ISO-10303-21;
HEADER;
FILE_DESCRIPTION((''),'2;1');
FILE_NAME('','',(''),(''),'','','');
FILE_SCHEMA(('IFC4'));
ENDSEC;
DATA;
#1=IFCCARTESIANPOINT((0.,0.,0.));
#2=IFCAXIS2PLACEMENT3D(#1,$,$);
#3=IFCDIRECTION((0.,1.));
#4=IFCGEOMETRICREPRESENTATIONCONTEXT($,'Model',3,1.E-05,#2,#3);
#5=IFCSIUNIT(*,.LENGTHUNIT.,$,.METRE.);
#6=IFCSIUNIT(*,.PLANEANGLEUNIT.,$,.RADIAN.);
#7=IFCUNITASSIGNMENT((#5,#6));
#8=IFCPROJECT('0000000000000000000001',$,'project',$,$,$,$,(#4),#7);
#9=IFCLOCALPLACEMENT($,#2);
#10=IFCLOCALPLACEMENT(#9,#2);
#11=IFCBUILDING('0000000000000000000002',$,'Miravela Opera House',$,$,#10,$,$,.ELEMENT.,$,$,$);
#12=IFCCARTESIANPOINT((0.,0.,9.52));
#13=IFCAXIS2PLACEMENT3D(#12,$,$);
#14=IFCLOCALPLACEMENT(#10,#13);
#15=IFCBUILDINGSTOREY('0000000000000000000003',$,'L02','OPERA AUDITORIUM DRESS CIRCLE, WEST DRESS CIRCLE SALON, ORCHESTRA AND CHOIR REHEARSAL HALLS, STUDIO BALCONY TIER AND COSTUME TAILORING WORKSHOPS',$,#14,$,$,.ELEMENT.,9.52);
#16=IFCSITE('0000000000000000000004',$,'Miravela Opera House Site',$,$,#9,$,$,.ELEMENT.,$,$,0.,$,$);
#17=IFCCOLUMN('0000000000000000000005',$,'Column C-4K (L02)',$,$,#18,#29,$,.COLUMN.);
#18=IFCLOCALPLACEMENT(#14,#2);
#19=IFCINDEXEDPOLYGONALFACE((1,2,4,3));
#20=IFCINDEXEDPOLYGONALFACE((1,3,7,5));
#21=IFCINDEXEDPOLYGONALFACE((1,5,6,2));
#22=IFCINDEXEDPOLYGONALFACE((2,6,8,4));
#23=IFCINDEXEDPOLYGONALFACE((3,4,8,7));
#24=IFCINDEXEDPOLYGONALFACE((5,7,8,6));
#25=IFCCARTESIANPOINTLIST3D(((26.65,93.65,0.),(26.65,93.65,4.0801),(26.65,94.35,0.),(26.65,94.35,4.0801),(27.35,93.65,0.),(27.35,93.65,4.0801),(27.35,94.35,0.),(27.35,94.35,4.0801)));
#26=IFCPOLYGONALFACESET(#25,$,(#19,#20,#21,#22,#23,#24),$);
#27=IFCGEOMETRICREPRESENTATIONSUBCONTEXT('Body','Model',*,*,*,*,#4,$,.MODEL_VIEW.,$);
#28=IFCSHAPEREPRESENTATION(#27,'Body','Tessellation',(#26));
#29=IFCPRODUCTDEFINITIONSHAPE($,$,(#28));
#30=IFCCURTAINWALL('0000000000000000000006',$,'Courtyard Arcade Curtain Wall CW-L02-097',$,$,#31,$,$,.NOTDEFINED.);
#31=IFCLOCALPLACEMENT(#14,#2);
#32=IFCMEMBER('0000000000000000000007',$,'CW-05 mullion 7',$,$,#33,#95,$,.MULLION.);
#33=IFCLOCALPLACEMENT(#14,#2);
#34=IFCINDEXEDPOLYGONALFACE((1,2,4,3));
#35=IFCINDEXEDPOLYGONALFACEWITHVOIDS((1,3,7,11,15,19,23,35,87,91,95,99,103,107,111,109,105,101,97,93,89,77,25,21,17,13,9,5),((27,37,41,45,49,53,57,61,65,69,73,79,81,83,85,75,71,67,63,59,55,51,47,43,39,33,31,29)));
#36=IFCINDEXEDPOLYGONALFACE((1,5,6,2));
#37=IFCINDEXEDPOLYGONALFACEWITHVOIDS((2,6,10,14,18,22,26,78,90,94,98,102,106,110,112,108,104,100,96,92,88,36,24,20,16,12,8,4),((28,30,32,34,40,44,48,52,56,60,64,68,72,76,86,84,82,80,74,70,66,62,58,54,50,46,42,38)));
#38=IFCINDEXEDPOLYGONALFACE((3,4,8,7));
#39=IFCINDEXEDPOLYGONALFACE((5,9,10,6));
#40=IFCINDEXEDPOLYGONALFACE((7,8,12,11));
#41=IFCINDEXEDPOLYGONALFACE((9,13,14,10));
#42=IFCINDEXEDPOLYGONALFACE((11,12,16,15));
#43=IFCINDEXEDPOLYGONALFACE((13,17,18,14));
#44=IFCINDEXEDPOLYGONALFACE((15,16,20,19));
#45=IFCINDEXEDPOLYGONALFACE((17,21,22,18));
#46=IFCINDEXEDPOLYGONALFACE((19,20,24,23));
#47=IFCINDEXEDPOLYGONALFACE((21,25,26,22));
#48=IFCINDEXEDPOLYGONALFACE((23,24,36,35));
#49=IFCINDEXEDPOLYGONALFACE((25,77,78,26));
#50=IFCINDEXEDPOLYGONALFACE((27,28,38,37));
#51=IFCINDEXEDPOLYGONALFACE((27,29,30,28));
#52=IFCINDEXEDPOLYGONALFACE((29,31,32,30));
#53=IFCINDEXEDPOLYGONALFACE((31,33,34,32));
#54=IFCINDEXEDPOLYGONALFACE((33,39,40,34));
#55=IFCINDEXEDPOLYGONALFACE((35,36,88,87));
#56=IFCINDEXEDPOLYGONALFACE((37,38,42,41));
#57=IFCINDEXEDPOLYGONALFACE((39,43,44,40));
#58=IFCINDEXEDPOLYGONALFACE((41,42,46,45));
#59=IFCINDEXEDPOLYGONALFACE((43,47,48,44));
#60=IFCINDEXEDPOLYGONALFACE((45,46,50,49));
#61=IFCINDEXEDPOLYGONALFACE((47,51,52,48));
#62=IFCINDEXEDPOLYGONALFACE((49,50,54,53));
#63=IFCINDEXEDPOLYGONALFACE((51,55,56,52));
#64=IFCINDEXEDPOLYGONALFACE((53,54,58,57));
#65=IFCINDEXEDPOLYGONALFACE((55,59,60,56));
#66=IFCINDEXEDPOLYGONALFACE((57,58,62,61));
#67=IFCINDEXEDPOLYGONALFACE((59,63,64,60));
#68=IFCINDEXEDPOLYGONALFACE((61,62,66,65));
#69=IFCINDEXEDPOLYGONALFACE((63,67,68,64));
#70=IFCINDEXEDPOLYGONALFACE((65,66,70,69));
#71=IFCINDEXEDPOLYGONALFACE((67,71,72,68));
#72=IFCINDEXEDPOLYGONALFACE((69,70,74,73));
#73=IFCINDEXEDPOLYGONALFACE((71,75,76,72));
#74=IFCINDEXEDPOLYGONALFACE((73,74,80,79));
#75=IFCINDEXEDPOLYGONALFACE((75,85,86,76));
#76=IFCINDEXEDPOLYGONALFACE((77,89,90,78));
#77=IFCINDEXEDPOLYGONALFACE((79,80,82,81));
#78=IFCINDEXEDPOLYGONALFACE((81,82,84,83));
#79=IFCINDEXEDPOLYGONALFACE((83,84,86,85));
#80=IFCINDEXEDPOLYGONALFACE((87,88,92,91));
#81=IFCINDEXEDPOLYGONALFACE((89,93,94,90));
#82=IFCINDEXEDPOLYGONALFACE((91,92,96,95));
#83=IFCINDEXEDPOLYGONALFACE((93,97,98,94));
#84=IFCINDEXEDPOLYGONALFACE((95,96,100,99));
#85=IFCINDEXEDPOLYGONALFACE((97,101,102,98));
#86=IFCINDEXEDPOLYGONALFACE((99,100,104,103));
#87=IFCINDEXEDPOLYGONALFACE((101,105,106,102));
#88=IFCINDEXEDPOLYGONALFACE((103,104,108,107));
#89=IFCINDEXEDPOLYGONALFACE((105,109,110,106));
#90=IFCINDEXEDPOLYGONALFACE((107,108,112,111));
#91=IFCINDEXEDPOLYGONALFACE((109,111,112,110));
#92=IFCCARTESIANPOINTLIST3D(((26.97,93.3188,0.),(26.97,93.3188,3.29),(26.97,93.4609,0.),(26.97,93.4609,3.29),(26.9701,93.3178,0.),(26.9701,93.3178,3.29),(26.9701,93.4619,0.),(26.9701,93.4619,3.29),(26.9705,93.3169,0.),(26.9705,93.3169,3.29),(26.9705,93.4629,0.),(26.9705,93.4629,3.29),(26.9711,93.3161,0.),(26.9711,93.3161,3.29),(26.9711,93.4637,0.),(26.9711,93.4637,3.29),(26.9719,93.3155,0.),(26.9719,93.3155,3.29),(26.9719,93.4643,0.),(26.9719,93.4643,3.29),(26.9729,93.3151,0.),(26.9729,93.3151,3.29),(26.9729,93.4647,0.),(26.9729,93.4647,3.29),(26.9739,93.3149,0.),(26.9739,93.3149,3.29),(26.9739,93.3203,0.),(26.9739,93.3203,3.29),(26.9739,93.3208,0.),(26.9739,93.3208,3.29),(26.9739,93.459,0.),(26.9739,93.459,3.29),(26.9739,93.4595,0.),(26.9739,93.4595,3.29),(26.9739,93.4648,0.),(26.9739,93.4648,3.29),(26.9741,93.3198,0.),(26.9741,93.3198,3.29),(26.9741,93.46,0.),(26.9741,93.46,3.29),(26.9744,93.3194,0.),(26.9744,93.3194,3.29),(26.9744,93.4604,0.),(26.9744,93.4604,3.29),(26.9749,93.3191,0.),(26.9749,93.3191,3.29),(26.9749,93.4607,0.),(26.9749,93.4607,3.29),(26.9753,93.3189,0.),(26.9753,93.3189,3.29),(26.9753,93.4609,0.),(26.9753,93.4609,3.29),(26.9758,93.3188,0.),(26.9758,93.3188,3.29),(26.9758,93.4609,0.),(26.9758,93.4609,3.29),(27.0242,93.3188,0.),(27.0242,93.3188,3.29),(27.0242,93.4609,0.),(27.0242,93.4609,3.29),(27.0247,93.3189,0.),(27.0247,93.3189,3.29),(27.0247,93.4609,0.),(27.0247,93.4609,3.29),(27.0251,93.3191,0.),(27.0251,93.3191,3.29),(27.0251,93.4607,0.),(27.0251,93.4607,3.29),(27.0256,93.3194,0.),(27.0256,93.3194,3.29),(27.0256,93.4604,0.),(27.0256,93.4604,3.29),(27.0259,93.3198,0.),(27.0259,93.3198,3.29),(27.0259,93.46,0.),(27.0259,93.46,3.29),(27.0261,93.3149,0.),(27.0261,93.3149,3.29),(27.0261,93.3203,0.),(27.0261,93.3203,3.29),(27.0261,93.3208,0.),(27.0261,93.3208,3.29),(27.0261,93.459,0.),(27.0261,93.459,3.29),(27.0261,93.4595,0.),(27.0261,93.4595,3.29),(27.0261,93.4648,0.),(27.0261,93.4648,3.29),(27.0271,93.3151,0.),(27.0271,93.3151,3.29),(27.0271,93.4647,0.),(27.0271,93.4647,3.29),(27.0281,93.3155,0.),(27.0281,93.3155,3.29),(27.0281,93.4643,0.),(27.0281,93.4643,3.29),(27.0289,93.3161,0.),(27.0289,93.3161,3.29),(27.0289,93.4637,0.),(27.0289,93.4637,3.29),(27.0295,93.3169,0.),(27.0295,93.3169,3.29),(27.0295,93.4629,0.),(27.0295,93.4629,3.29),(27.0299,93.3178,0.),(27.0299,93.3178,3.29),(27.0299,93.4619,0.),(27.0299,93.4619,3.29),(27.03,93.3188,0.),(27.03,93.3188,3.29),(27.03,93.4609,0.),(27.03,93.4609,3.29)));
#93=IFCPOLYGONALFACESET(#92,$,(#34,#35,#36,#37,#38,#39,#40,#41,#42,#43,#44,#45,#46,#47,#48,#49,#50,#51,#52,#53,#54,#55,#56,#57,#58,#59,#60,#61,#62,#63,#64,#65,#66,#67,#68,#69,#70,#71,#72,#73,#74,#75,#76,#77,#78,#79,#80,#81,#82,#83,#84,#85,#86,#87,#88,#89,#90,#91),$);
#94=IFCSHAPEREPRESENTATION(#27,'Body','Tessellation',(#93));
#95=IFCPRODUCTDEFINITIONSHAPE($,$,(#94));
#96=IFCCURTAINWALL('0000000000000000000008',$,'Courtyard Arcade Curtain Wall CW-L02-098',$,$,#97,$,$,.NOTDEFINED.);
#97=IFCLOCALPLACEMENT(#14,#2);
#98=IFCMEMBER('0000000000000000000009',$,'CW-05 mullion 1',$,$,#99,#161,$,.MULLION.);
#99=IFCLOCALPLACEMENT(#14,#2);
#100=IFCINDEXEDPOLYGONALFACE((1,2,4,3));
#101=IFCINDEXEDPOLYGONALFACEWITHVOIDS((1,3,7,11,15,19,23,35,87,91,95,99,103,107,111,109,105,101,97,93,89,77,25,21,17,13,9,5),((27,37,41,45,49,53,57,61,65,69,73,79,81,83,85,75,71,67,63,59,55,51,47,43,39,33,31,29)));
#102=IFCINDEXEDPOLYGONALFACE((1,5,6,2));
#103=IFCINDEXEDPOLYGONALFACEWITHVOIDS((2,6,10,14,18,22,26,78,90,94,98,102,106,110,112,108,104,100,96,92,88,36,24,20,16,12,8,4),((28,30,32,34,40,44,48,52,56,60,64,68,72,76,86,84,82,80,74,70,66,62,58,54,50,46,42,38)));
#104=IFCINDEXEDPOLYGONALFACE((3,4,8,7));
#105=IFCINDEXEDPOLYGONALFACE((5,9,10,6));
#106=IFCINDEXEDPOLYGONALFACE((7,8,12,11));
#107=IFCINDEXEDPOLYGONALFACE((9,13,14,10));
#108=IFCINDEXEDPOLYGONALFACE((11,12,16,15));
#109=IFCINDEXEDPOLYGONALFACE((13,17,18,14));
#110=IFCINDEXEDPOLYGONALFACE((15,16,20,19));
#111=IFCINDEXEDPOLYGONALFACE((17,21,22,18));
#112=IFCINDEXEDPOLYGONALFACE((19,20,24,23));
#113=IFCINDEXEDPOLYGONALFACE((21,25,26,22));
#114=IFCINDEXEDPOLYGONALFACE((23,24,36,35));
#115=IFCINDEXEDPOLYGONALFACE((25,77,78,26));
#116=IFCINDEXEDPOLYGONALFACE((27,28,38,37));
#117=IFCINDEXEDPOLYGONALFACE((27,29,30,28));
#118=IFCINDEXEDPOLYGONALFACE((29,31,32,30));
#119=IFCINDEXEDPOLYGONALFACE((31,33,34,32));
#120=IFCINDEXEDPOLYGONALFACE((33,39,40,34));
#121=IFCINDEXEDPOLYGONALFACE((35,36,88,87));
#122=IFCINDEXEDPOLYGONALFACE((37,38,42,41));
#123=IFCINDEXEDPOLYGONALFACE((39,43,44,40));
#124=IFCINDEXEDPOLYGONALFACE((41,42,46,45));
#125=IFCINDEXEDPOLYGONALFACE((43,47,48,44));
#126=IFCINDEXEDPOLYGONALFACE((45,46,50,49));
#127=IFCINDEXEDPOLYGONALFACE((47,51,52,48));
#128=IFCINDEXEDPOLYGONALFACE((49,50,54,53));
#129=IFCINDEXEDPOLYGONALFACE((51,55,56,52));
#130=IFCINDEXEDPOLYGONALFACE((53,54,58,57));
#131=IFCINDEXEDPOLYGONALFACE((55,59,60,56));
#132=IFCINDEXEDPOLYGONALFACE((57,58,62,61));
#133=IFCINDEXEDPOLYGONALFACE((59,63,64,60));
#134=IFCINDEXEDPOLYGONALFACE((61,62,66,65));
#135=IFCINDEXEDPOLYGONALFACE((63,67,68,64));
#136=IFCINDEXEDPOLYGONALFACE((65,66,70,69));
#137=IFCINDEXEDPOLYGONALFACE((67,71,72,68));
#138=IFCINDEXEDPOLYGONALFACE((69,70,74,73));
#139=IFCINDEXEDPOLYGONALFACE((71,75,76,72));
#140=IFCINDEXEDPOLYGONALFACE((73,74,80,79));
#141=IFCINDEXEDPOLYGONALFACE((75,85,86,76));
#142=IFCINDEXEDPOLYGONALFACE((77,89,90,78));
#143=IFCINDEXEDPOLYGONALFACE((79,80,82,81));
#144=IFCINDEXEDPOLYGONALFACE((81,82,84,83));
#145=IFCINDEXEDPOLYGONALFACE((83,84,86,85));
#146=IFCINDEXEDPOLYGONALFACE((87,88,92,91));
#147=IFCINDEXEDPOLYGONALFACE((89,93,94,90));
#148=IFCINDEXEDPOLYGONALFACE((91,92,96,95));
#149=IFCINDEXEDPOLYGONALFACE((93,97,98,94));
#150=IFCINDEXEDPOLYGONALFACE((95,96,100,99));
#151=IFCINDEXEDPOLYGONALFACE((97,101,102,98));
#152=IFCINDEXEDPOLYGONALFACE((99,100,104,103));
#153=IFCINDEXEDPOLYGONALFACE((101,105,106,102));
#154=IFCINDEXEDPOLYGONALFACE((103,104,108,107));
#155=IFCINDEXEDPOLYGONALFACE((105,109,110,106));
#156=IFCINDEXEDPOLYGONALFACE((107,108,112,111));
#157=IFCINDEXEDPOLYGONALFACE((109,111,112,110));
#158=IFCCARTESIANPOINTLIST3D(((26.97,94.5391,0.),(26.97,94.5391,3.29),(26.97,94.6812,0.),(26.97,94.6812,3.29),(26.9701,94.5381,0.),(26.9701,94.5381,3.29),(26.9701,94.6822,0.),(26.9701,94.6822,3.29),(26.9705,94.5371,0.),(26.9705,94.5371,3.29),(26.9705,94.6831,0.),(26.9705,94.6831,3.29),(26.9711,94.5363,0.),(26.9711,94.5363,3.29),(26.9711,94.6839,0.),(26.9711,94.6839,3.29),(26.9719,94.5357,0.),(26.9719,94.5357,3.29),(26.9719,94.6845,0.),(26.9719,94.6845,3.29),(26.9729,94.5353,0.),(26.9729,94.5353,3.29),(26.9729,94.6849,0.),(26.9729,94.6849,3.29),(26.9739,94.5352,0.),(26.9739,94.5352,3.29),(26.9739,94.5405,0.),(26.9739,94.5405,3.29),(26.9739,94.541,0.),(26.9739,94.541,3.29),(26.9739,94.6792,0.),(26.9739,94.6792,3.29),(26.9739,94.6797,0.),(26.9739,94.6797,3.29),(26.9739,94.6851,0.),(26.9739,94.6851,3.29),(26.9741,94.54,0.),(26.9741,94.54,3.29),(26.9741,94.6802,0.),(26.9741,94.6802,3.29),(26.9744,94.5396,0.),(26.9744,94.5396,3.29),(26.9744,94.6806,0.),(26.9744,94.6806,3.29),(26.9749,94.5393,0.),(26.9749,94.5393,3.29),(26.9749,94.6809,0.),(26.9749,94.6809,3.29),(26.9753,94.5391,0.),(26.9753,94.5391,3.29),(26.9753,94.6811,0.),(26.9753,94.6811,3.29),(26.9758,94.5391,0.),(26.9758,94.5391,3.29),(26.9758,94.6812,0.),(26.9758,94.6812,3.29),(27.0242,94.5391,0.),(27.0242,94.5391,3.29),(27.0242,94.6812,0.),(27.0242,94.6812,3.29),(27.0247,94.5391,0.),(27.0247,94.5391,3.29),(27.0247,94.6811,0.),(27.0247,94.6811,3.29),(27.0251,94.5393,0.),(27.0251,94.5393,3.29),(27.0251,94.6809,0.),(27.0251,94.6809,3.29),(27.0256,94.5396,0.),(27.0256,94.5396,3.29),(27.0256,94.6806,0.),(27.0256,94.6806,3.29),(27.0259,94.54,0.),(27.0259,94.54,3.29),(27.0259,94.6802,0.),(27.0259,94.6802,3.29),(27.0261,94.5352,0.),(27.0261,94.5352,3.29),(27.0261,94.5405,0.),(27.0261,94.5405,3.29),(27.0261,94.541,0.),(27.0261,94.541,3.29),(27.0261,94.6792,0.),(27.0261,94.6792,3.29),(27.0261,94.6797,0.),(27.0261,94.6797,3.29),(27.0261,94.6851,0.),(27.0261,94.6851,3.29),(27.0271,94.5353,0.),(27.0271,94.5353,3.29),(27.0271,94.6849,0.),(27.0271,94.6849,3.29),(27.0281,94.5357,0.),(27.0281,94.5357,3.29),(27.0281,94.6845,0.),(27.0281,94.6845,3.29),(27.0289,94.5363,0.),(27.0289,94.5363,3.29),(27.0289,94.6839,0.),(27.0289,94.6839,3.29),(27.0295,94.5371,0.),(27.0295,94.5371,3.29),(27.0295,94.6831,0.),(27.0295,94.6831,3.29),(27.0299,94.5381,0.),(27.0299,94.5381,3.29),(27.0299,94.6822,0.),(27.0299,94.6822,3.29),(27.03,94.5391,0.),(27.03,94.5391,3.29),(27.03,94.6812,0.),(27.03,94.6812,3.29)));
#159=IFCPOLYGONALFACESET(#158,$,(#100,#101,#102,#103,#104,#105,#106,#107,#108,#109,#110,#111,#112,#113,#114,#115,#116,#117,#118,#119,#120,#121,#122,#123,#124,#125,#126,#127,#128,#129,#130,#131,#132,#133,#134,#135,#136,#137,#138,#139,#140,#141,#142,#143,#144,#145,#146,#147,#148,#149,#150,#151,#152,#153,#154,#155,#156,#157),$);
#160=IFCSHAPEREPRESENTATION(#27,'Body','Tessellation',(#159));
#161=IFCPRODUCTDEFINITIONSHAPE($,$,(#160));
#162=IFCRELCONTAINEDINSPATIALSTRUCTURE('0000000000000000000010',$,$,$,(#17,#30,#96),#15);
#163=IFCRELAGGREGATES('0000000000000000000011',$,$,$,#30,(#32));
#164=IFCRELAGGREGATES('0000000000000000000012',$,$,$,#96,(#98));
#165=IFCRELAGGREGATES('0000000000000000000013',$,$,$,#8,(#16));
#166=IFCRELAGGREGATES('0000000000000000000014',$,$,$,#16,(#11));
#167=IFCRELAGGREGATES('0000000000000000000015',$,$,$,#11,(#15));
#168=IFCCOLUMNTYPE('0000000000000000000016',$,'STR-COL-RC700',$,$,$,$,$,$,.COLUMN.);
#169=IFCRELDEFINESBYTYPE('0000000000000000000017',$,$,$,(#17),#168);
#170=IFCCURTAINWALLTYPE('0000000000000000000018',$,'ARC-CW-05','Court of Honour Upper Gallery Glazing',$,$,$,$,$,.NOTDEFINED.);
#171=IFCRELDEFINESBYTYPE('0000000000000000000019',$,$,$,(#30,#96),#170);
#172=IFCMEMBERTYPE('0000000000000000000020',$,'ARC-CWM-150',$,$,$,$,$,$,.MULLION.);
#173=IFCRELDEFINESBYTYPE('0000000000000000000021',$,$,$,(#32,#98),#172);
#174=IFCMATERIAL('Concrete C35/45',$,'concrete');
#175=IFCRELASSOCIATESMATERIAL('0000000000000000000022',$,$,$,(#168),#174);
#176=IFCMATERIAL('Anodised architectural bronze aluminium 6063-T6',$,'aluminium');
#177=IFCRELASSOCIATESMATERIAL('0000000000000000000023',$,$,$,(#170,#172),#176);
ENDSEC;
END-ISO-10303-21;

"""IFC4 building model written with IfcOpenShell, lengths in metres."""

from ifc_helpers import new_model, si_unit, direction, frame, origin, origin_2d, place, context, subcontext, project, spatial, rectangle, hollow_rectangle, extrude, material, material_profile, profile_set, type_object, element, aggregate, save


model = new_model("IFC4")

# Units and contexts
model_context = context("Model", 3, precision=1e-05, world=origin(), true_north=direction((0.0, 1.0)))
body_context = subcontext(model_context, "Body", "Model", "MODEL_VIEW")
ifc_project = project(units=[si_unit("LENGTHUNIT", "METRE"), si_unit("PLANEANGLEUNIT", "RADIAN")], contexts=[model_context])

# Site, building, storey
site_placement = place(None, origin())
site = spatial("IfcSite", under=ifc_project, at=site_placement, Name="Miravela Opera House Site", CompositionType="ELEMENT", RefElevation=0.0)
building_placement = place(site_placement, origin())
building = spatial("IfcBuilding", under=site, at=building_placement, Name="Miravela Opera House", CompositionType="ELEMENT")
storey_placement = place(building_placement, frame((0.0, 0.0, 9.52)))
storey = spatial("IfcBuildingStorey", under=building, at=storey_placement, Name="L02", Description="OPERA AUDITORIUM DRESS CIRCLE, WEST DRESS CIRCLE SALON, ORCHESTRA AND CHOIR REHEARSAL HALLS, STUDIO BALCONY TIER AND COSTUME TAILORING WORKSHOPS", CompositionType="ELEMENT", Elevation=9.52)

# Column
ifc_material_1 = material(Name="Concrete C35/45", Category="concrete")
ifc_material_profile_1 = material_profile(ifc_material_1, rectangle(XDim=0.7, YDim=0.7, at=origin_2d()), Name="RC-COL-700X700")
ifc_profile_set_1 = profile_set([ifc_material_profile_1])
column_type = type_object("IfcColumnType", Name="STR-COL-RC700", PredefinedType="COLUMN", material=ifc_profile_set_1)
column_placement = place(storey_placement, frame((27.0, 94.0, 0.0), z_axis=(0.0, 0.0, 1.0), x_axis=(1.0, 0.0, 0.0)))
element("IfcColumn", 1, at=column_placement, inside=storey, type_object=column_type, Name="Column C-4K (L02)", PredefinedType="COLUMN", context=body_context, shape_type="SweptSolid", body=[
    extrude(rectangle(XDim=0.7, YDim=0.7, at=origin_2d()), origin(), (0.0, 0.0, 1.0), 4.0801),
])

# Curtain walls, members
ifc_material_2 = material(Name="Anodised architectural bronze aluminium 6063-T6", Category="aluminium")
curtain_wall_type = type_object("IfcCurtainWallType", Name="ARC-CW-05", Description="Court of Honour Upper Gallery Glazing", PredefinedType="NOTDEFINED", material=ifc_material_2)
curtain_wall_1_placement = place(storey_placement, origin())
curtain_wall_1 = element("IfcCurtainWall", 2, at=curtain_wall_1_placement, inside=storey, type_object=curtain_wall_type, Name="Courtyard Arcade Curtain Wall CW-L02-097", PredefinedType="NOTDEFINED")
ifc_material_profile_2 = material_profile(ifc_material_2, hollow_rectangle(XDim=0.0601, YDim=0.1499, WallThickness=0.0039, InnerFilletRadius=0.002, OuterFilletRadius=0.0039, at=origin_2d()), Name="CWM-60X150")
ifc_profile_set_2 = profile_set([ifc_material_profile_2])
member_type_1 = type_object("IfcMemberType", Name="ARC-CWM-150", PredefinedType="MULLION", material=ifc_profile_set_2)
member_1_placement = place(storey_placement, frame((27.0, 93.3899, 0.0), z_axis=(0.0, 0.0, 1.0), x_axis=(-1.0, 0.0, 0.0)))
member_1 = element("IfcMember", 3, at=member_1_placement, type_object=member_type_1, Name="CW-05 mullion 7", PredefinedType="MULLION", context=body_context, shape_type="SweptSolid", body=[
    extrude(hollow_rectangle(XDim=0.0601, YDim=0.1499, WallThickness=0.0039, InnerFilletRadius=0.002, OuterFilletRadius=0.0039, at=origin_2d()), origin(), (0.0, 0.0, 1.0), 3.29),
])
curtain_wall_2_placement = place(storey_placement, origin())
curtain_wall_2 = element("IfcCurtainWall", 4, at=curtain_wall_2_placement, inside=storey, type_object=curtain_wall_type, Name="Courtyard Arcade Curtain Wall CW-L02-098", PredefinedType="NOTDEFINED")
member_2_placement = place(storey_placement, frame((27.0, 94.6101, 0.0), z_axis=(0.0, 0.0, 1.0), x_axis=(-1.0, 0.0, 0.0)))
member_2 = element("IfcMember", 5, at=member_2_placement, type_object=member_type_1, Name="CW-05 mullion 1", PredefinedType="MULLION", context=body_context, shape_type="SweptSolid", body=[
    extrude(hollow_rectangle(XDim=0.0601, YDim=0.1499, WallThickness=0.0039, InnerFilletRadius=0.002, OuterFilletRadius=0.0039, at=origin_2d()), origin(), (0.0, 0.0, 1.0), 3.29),
])

aggregate(curtain_wall_1, [member_1])
aggregate(curtain_wall_2, [member_2])

save(model, "model.ifc")
